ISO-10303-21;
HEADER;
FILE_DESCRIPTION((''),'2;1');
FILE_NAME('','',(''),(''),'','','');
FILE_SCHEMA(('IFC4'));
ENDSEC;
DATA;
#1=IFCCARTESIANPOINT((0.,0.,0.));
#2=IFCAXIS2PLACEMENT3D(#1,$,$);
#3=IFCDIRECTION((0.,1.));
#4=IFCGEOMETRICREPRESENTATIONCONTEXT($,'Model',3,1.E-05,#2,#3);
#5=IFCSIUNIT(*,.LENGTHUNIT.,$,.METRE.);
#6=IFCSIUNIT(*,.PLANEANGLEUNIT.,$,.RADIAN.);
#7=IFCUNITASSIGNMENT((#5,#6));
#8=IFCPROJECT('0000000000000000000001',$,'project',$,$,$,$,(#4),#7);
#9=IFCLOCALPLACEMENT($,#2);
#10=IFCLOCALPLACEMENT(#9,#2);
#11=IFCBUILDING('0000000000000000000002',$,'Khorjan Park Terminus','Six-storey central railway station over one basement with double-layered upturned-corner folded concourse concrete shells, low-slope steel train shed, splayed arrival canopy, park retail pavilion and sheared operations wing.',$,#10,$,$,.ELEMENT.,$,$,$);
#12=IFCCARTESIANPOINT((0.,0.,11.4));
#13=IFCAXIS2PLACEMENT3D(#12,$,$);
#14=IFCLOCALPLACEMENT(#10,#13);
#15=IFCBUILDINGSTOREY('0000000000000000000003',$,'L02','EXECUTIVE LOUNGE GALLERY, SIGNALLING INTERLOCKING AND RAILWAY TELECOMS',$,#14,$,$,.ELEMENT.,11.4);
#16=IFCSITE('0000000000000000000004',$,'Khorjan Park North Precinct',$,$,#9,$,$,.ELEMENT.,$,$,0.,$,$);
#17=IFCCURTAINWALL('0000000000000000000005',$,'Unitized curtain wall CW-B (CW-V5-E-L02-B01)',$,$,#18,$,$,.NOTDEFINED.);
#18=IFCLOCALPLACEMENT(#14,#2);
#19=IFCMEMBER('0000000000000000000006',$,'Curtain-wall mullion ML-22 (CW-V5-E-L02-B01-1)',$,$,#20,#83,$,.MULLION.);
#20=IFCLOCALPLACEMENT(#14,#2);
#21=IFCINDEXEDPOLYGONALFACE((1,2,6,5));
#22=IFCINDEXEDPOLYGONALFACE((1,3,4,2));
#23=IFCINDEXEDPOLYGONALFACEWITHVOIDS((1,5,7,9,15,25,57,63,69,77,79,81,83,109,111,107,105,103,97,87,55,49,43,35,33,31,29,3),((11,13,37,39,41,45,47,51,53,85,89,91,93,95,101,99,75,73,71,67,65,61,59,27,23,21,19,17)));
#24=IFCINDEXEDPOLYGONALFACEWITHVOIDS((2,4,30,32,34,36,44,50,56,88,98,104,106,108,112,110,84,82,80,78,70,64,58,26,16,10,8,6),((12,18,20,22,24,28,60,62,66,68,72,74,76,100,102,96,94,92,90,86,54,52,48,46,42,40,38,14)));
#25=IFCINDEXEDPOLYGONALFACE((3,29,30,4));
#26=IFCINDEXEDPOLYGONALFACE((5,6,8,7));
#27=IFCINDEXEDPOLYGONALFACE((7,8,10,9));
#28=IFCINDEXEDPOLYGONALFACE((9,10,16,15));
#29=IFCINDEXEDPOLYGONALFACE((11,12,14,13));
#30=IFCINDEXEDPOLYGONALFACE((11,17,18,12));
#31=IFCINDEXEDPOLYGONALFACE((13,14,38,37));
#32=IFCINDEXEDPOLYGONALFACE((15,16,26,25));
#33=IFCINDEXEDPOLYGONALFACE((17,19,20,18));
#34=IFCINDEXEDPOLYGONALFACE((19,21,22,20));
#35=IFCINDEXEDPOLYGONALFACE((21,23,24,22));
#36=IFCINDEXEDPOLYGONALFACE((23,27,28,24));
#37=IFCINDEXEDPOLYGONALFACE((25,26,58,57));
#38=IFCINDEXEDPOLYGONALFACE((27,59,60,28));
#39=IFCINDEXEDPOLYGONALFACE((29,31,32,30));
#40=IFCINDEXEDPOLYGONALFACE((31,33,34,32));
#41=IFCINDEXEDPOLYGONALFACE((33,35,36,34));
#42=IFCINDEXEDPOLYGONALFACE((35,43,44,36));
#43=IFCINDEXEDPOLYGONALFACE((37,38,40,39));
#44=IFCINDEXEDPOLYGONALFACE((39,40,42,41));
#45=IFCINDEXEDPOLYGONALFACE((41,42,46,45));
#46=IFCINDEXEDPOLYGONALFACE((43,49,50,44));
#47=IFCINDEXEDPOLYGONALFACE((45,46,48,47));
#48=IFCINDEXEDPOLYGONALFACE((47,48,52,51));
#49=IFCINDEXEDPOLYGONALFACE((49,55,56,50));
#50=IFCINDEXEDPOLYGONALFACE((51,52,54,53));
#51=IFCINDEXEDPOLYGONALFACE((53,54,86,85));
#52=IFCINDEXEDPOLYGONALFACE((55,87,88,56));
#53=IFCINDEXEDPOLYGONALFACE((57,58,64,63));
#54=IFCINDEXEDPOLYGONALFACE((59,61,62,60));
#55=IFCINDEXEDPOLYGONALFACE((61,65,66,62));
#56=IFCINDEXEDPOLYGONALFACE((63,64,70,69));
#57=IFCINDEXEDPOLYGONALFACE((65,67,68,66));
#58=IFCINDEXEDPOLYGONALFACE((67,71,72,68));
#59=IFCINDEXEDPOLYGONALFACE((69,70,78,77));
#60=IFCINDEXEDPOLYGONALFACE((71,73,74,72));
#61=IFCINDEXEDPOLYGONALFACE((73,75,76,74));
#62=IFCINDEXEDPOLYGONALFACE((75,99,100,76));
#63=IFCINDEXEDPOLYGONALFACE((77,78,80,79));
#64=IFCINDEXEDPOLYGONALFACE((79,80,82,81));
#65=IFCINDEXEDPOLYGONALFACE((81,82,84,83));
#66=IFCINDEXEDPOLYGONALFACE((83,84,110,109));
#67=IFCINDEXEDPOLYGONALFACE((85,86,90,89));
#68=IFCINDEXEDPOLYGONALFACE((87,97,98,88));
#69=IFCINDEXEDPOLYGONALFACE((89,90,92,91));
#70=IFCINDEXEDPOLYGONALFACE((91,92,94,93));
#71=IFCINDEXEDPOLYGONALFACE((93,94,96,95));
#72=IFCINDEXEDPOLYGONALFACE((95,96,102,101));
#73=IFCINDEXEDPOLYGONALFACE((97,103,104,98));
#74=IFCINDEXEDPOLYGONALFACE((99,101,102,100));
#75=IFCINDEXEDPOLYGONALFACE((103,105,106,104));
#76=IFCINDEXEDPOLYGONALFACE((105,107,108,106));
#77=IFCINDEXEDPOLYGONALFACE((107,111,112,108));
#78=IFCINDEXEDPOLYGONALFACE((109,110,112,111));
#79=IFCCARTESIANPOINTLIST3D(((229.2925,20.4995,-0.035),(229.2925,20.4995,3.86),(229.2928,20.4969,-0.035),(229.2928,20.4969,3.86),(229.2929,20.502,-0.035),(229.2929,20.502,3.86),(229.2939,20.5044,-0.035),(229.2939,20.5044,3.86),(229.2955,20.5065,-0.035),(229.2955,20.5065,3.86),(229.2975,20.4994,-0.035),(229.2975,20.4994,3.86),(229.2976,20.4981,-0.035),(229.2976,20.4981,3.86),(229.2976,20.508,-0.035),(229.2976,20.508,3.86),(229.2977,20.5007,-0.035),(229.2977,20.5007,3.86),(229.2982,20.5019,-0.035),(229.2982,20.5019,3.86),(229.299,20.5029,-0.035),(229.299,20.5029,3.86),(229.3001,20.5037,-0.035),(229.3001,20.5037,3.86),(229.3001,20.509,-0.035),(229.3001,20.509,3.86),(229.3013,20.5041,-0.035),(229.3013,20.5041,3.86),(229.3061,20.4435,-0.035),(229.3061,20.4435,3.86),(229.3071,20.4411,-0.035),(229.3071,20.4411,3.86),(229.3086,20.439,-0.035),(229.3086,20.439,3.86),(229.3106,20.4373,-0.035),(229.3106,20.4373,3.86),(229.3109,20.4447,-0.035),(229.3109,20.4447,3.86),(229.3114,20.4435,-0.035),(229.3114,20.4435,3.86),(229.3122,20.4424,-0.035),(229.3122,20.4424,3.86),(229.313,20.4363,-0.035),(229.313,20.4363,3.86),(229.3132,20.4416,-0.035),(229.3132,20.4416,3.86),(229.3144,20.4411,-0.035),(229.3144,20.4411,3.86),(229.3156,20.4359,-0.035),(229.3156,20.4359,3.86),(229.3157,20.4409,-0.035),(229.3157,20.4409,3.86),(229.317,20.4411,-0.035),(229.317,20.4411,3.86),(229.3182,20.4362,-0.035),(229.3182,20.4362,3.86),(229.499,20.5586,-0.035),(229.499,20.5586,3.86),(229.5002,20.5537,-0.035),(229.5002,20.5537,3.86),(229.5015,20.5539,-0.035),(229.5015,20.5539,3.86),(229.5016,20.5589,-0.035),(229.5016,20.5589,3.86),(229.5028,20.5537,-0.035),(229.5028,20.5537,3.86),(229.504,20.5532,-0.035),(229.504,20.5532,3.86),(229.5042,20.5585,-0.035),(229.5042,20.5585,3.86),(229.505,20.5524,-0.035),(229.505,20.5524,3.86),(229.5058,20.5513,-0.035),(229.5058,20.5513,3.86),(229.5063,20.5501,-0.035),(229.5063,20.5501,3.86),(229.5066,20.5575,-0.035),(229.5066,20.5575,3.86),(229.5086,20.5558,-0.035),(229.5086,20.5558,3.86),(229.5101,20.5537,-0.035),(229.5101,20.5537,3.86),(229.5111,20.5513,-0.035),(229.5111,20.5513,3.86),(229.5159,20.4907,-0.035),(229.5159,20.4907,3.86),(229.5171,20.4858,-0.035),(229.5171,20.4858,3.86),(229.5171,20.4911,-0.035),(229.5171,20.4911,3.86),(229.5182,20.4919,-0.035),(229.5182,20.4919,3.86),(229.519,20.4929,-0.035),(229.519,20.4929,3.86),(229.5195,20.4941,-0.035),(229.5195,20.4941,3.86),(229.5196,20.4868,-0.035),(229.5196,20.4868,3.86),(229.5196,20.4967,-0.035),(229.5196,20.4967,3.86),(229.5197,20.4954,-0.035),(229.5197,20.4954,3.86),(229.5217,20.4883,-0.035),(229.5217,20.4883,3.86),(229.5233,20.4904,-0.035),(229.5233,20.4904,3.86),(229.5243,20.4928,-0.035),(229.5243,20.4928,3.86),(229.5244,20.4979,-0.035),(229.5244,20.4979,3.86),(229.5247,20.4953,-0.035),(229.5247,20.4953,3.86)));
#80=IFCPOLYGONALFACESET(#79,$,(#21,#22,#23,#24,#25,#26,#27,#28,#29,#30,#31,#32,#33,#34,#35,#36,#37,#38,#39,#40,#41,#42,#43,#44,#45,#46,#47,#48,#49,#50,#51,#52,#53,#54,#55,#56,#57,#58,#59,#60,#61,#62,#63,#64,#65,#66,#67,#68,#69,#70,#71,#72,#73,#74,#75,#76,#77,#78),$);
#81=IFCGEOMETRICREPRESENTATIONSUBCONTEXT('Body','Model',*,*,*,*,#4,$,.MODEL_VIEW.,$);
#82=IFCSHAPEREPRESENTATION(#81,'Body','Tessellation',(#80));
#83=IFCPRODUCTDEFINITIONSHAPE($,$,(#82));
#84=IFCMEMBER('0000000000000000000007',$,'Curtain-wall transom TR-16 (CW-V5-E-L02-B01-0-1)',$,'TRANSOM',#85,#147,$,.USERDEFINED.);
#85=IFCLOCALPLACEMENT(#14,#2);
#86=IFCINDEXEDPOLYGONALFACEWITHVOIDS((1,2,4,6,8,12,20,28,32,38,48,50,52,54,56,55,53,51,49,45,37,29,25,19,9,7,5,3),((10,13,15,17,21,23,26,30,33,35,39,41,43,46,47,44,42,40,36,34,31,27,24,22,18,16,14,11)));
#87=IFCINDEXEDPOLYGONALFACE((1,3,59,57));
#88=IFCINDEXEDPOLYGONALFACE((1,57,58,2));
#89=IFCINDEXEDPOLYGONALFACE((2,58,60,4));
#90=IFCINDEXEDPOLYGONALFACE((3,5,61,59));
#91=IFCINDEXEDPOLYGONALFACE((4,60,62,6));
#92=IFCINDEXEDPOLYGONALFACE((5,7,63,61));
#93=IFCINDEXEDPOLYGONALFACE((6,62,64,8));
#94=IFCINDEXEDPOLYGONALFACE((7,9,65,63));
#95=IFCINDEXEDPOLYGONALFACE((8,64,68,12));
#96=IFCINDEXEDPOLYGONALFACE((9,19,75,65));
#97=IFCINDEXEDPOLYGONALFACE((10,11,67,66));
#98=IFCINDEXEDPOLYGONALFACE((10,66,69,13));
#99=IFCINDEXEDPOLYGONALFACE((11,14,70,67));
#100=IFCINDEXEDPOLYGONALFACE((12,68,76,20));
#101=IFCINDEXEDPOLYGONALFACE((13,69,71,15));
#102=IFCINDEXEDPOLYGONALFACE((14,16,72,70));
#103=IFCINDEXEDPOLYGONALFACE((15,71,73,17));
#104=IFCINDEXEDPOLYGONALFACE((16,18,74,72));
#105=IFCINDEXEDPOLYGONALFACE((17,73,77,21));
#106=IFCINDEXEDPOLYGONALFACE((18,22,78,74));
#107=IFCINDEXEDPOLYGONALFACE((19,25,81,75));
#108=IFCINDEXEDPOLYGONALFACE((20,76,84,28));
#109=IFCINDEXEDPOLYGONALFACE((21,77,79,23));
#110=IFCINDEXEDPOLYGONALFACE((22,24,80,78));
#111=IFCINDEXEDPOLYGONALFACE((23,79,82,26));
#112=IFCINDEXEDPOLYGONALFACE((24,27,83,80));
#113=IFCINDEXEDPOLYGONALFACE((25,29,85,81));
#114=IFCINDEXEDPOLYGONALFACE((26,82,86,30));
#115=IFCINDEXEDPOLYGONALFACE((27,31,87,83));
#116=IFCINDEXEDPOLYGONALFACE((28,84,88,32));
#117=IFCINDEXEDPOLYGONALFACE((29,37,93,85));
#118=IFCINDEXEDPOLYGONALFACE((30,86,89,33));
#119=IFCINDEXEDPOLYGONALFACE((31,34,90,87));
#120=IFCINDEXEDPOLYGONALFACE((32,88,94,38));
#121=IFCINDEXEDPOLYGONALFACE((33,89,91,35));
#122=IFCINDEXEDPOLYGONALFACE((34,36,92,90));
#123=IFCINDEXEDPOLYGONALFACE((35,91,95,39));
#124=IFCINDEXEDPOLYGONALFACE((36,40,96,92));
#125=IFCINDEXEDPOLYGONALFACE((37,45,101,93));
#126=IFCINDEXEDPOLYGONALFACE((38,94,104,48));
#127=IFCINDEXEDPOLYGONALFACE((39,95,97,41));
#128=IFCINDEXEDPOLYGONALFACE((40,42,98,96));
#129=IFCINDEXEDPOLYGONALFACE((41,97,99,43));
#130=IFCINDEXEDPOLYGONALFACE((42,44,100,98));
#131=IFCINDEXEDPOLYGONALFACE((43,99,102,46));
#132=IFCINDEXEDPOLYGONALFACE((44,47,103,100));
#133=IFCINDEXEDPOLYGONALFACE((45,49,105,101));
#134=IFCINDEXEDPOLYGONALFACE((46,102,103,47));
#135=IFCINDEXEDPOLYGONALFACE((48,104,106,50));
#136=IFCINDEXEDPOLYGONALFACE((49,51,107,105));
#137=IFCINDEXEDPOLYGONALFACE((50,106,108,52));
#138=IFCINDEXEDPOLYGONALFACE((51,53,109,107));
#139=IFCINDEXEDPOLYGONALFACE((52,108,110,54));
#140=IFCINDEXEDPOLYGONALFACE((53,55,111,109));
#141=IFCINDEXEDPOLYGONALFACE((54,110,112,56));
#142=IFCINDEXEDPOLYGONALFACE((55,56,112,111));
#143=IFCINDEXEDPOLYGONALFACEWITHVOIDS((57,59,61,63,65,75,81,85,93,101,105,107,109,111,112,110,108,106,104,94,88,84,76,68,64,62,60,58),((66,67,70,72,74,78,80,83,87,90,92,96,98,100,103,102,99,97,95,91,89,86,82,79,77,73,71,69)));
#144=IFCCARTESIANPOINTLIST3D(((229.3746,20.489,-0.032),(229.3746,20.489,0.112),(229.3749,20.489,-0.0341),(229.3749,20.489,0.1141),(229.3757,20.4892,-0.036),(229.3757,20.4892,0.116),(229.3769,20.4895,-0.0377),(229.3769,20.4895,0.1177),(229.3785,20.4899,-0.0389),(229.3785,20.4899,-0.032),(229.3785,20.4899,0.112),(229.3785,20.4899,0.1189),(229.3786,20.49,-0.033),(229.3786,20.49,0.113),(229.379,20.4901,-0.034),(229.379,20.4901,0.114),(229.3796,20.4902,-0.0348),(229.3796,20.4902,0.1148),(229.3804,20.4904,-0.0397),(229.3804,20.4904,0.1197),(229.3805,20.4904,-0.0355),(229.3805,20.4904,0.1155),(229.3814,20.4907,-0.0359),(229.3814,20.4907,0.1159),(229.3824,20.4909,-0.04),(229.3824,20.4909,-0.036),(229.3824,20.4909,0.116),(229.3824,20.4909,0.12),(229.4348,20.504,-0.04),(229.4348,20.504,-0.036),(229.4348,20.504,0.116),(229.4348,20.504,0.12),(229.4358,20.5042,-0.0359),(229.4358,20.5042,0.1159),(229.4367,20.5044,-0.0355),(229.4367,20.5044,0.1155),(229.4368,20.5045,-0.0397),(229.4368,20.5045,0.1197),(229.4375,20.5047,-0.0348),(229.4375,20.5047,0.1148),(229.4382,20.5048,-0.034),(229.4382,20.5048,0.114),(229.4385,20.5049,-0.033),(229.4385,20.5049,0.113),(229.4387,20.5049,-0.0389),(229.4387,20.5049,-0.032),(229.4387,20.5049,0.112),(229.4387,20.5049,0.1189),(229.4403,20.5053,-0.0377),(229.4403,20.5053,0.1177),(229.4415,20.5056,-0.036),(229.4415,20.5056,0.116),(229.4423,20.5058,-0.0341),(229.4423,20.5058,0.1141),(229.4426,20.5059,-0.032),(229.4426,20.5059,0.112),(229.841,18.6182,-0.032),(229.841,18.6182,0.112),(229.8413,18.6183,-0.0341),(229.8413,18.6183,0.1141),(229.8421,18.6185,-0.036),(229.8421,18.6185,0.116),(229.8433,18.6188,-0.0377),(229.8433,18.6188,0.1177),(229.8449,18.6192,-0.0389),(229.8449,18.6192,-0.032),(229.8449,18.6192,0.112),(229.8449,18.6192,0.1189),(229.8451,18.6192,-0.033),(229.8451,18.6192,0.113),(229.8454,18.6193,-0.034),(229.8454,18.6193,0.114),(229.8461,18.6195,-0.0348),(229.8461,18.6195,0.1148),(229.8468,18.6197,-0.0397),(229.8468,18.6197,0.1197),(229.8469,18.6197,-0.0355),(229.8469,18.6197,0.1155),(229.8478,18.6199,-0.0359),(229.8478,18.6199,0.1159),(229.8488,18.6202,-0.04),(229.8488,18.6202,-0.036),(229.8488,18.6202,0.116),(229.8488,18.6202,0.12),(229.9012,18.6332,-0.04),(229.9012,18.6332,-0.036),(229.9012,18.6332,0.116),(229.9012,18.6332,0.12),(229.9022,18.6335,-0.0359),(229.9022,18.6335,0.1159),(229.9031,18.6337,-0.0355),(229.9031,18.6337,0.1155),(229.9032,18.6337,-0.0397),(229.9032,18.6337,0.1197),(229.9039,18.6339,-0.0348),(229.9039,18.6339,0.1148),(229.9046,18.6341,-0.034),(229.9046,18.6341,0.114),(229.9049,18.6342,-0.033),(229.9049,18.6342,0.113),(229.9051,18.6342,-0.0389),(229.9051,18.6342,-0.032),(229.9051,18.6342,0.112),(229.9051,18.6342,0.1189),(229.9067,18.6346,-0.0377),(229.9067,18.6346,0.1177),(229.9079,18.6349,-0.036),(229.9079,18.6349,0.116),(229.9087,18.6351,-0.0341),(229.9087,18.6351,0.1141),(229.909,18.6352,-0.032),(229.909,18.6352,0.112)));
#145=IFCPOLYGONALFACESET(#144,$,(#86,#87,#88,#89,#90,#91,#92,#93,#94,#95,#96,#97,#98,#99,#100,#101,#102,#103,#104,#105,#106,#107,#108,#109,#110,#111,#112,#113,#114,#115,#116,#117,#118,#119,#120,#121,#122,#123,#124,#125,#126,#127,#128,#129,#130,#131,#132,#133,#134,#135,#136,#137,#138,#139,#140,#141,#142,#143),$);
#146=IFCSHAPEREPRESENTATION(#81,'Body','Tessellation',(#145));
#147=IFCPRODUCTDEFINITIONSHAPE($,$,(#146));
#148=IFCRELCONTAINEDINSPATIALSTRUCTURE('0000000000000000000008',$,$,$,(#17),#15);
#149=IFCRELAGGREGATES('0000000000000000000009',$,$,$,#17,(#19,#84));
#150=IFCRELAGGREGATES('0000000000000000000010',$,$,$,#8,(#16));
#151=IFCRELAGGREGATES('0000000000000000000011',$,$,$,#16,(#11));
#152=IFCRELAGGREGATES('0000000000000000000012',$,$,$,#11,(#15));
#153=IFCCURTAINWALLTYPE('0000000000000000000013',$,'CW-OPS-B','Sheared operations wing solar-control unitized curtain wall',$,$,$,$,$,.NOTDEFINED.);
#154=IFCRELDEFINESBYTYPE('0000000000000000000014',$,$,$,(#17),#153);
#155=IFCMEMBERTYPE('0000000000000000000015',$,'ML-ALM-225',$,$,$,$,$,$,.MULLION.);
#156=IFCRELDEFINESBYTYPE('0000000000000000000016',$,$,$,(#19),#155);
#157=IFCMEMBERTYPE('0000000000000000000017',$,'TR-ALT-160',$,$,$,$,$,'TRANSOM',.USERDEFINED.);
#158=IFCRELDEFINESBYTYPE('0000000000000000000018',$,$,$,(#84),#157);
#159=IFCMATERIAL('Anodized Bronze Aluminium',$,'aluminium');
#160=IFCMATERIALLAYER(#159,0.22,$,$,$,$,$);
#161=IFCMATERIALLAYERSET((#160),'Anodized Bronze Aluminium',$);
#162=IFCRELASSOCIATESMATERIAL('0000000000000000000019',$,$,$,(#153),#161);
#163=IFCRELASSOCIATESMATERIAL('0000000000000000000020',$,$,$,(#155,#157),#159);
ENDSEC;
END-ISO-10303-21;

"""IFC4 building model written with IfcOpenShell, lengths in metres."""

from ifc_helpers import new_model, si_unit, direction, frame, origin, origin_2d, place, context, subcontext, project, spatial, hollow_rectangle, extrude, material, layer, layer_set, material_profile, profile_set, type_object, element, aggregate, save


model = new_model("IFC4")

# Units and contexts
model_context = context("Model", 3, precision=1e-05, world=origin(), true_north=direction((0.0, 1.0)))
body_context = subcontext(model_context, "Body", "Model", "MODEL_VIEW")
ifc_project = project(units=[si_unit("LENGTHUNIT", "METRE"), si_unit("PLANEANGLEUNIT", "RADIAN")], contexts=[model_context])

# Site, building, storey
site_placement = place(None, origin())
site = spatial("IfcSite", under=ifc_project, at=site_placement, Name="Khorjan Park North Precinct", CompositionType="ELEMENT", RefElevation=0.0)
building_placement = place(site_placement, origin())
building = spatial("IfcBuilding", under=site, at=building_placement, Name="Khorjan Park Terminus", Description="Six-storey central railway station over one basement with double-layered upturned-corner folded concourse concrete shells, low-slope steel train shed, splayed arrival canopy, park retail pavilion and sheared operations wing.", CompositionType="ELEMENT")
storey_placement = place(building_placement, frame((0.0, 0.0, 11.4)))
storey = spatial("IfcBuildingStorey", under=building, at=storey_placement, Name="L02", Description="EXECUTIVE LOUNGE GALLERY, SIGNALLING INTERLOCKING AND RAILWAY TELECOMS", CompositionType="ELEMENT", Elevation=11.4)

# Curtain wall, members
ifc_material_1 = material(Name="Anodized Bronze Aluminium", Category="aluminium")
ifc_layer_1 = layer(ifc_material_1, 0.22)
ifc_layer_set_1 = layer_set([ifc_layer_1], Name="Anodized Bronze Aluminium")
curtain_wall_type = type_object("IfcCurtainWallType", Name="CW-OPS-B", Description="Sheared operations wing solar-control unitized curtain wall", PredefinedType="NOTDEFINED", material=ifc_layer_set_1)
curtain_wall_placement = place(storey_placement, origin())
curtain_wall = element("IfcCurtainWall", 1, at=curtain_wall_placement, inside=storey, type_object=curtain_wall_type, Name="Unitized curtain wall CW-B (CW-V5-E-L02-B01)", PredefinedType="NOTDEFINED")
ifc_material_profile_1 = material_profile(ifc_material_1, hollow_rectangle(XDim=0.075, YDim=0.225, WallThickness=0.005, InnerFilletRadius=0.005, OuterFilletRadius=0.01, at=origin_2d()), Name="ALM 75x225x5")
ifc_profile_set_1 = profile_set([ifc_material_profile_1], Name="Anodized Bronze Aluminium")
member_type_1 = type_object("IfcMemberType", Name="ML-ALM-225", PredefinedType="MULLION", material=ifc_profile_set_1)
member_1_placement = place(storey_placement, frame((229.4086, 20.4974, -0.035), z_axis=(0.0, 0.0, 1.0), x_axis=(-0.24192, 0.970296, 0.0)))
member_1 = element("IfcMember", 2, at=member_1_placement, type_object=member_type_1, Name="Curtain-wall mullion ML-22 (CW-V5-E-L02-B01-1)", PredefinedType="MULLION", context=body_context, shape_type="SweptSolid", body=[
    extrude(hollow_rectangle(XDim=0.075, YDim=0.225, WallThickness=0.005, InnerFilletRadius=0.005, OuterFilletRadius=0.01, at=origin_2d()), origin(), (0.0, 0.0, 1.0), 3.895),
])
ifc_material_profile_2 = material_profile(ifc_material_1, hollow_rectangle(XDim=0.07, YDim=0.16, WallThickness=0.004, InnerFilletRadius=0.004, OuterFilletRadius=0.008, at=origin_2d()), Name="ALT 70x160x4")
ifc_profile_set_2 = profile_set([ifc_material_profile_2], Name="Anodized Bronze Aluminium")
member_type_2 = type_object("IfcMemberType", Name="TR-ALT-160", ElementType="TRANSOM", PredefinedType="USERDEFINED", material=ifc_profile_set_2)
member_2_placement = place(storey_placement, frame((229.875, 18.6267, 0.04), z_axis=(-0.241913, 0.970298, 0.0), x_axis=(-0.970298, -0.241913, 0.0)))
member_2 = element("IfcMember", 3, at=member_2_placement, type_object=member_type_2, Name="Curtain-wall transom TR-16 (CW-V5-E-L02-B01-0-1)", ObjectType="TRANSOM", PredefinedType="USERDEFINED", context=body_context, shape_type="SweptSolid", body=[
    extrude(hollow_rectangle(XDim=0.07, YDim=0.16, WallThickness=0.004, InnerFilletRadius=0.004, OuterFilletRadius=0.008, at=origin_2d()), origin(), (0.0, 0.0, 1.0), 1.928),
])
aggregate(curtain_wall, [member_1, member_2])

save(model, "model.ifc")
